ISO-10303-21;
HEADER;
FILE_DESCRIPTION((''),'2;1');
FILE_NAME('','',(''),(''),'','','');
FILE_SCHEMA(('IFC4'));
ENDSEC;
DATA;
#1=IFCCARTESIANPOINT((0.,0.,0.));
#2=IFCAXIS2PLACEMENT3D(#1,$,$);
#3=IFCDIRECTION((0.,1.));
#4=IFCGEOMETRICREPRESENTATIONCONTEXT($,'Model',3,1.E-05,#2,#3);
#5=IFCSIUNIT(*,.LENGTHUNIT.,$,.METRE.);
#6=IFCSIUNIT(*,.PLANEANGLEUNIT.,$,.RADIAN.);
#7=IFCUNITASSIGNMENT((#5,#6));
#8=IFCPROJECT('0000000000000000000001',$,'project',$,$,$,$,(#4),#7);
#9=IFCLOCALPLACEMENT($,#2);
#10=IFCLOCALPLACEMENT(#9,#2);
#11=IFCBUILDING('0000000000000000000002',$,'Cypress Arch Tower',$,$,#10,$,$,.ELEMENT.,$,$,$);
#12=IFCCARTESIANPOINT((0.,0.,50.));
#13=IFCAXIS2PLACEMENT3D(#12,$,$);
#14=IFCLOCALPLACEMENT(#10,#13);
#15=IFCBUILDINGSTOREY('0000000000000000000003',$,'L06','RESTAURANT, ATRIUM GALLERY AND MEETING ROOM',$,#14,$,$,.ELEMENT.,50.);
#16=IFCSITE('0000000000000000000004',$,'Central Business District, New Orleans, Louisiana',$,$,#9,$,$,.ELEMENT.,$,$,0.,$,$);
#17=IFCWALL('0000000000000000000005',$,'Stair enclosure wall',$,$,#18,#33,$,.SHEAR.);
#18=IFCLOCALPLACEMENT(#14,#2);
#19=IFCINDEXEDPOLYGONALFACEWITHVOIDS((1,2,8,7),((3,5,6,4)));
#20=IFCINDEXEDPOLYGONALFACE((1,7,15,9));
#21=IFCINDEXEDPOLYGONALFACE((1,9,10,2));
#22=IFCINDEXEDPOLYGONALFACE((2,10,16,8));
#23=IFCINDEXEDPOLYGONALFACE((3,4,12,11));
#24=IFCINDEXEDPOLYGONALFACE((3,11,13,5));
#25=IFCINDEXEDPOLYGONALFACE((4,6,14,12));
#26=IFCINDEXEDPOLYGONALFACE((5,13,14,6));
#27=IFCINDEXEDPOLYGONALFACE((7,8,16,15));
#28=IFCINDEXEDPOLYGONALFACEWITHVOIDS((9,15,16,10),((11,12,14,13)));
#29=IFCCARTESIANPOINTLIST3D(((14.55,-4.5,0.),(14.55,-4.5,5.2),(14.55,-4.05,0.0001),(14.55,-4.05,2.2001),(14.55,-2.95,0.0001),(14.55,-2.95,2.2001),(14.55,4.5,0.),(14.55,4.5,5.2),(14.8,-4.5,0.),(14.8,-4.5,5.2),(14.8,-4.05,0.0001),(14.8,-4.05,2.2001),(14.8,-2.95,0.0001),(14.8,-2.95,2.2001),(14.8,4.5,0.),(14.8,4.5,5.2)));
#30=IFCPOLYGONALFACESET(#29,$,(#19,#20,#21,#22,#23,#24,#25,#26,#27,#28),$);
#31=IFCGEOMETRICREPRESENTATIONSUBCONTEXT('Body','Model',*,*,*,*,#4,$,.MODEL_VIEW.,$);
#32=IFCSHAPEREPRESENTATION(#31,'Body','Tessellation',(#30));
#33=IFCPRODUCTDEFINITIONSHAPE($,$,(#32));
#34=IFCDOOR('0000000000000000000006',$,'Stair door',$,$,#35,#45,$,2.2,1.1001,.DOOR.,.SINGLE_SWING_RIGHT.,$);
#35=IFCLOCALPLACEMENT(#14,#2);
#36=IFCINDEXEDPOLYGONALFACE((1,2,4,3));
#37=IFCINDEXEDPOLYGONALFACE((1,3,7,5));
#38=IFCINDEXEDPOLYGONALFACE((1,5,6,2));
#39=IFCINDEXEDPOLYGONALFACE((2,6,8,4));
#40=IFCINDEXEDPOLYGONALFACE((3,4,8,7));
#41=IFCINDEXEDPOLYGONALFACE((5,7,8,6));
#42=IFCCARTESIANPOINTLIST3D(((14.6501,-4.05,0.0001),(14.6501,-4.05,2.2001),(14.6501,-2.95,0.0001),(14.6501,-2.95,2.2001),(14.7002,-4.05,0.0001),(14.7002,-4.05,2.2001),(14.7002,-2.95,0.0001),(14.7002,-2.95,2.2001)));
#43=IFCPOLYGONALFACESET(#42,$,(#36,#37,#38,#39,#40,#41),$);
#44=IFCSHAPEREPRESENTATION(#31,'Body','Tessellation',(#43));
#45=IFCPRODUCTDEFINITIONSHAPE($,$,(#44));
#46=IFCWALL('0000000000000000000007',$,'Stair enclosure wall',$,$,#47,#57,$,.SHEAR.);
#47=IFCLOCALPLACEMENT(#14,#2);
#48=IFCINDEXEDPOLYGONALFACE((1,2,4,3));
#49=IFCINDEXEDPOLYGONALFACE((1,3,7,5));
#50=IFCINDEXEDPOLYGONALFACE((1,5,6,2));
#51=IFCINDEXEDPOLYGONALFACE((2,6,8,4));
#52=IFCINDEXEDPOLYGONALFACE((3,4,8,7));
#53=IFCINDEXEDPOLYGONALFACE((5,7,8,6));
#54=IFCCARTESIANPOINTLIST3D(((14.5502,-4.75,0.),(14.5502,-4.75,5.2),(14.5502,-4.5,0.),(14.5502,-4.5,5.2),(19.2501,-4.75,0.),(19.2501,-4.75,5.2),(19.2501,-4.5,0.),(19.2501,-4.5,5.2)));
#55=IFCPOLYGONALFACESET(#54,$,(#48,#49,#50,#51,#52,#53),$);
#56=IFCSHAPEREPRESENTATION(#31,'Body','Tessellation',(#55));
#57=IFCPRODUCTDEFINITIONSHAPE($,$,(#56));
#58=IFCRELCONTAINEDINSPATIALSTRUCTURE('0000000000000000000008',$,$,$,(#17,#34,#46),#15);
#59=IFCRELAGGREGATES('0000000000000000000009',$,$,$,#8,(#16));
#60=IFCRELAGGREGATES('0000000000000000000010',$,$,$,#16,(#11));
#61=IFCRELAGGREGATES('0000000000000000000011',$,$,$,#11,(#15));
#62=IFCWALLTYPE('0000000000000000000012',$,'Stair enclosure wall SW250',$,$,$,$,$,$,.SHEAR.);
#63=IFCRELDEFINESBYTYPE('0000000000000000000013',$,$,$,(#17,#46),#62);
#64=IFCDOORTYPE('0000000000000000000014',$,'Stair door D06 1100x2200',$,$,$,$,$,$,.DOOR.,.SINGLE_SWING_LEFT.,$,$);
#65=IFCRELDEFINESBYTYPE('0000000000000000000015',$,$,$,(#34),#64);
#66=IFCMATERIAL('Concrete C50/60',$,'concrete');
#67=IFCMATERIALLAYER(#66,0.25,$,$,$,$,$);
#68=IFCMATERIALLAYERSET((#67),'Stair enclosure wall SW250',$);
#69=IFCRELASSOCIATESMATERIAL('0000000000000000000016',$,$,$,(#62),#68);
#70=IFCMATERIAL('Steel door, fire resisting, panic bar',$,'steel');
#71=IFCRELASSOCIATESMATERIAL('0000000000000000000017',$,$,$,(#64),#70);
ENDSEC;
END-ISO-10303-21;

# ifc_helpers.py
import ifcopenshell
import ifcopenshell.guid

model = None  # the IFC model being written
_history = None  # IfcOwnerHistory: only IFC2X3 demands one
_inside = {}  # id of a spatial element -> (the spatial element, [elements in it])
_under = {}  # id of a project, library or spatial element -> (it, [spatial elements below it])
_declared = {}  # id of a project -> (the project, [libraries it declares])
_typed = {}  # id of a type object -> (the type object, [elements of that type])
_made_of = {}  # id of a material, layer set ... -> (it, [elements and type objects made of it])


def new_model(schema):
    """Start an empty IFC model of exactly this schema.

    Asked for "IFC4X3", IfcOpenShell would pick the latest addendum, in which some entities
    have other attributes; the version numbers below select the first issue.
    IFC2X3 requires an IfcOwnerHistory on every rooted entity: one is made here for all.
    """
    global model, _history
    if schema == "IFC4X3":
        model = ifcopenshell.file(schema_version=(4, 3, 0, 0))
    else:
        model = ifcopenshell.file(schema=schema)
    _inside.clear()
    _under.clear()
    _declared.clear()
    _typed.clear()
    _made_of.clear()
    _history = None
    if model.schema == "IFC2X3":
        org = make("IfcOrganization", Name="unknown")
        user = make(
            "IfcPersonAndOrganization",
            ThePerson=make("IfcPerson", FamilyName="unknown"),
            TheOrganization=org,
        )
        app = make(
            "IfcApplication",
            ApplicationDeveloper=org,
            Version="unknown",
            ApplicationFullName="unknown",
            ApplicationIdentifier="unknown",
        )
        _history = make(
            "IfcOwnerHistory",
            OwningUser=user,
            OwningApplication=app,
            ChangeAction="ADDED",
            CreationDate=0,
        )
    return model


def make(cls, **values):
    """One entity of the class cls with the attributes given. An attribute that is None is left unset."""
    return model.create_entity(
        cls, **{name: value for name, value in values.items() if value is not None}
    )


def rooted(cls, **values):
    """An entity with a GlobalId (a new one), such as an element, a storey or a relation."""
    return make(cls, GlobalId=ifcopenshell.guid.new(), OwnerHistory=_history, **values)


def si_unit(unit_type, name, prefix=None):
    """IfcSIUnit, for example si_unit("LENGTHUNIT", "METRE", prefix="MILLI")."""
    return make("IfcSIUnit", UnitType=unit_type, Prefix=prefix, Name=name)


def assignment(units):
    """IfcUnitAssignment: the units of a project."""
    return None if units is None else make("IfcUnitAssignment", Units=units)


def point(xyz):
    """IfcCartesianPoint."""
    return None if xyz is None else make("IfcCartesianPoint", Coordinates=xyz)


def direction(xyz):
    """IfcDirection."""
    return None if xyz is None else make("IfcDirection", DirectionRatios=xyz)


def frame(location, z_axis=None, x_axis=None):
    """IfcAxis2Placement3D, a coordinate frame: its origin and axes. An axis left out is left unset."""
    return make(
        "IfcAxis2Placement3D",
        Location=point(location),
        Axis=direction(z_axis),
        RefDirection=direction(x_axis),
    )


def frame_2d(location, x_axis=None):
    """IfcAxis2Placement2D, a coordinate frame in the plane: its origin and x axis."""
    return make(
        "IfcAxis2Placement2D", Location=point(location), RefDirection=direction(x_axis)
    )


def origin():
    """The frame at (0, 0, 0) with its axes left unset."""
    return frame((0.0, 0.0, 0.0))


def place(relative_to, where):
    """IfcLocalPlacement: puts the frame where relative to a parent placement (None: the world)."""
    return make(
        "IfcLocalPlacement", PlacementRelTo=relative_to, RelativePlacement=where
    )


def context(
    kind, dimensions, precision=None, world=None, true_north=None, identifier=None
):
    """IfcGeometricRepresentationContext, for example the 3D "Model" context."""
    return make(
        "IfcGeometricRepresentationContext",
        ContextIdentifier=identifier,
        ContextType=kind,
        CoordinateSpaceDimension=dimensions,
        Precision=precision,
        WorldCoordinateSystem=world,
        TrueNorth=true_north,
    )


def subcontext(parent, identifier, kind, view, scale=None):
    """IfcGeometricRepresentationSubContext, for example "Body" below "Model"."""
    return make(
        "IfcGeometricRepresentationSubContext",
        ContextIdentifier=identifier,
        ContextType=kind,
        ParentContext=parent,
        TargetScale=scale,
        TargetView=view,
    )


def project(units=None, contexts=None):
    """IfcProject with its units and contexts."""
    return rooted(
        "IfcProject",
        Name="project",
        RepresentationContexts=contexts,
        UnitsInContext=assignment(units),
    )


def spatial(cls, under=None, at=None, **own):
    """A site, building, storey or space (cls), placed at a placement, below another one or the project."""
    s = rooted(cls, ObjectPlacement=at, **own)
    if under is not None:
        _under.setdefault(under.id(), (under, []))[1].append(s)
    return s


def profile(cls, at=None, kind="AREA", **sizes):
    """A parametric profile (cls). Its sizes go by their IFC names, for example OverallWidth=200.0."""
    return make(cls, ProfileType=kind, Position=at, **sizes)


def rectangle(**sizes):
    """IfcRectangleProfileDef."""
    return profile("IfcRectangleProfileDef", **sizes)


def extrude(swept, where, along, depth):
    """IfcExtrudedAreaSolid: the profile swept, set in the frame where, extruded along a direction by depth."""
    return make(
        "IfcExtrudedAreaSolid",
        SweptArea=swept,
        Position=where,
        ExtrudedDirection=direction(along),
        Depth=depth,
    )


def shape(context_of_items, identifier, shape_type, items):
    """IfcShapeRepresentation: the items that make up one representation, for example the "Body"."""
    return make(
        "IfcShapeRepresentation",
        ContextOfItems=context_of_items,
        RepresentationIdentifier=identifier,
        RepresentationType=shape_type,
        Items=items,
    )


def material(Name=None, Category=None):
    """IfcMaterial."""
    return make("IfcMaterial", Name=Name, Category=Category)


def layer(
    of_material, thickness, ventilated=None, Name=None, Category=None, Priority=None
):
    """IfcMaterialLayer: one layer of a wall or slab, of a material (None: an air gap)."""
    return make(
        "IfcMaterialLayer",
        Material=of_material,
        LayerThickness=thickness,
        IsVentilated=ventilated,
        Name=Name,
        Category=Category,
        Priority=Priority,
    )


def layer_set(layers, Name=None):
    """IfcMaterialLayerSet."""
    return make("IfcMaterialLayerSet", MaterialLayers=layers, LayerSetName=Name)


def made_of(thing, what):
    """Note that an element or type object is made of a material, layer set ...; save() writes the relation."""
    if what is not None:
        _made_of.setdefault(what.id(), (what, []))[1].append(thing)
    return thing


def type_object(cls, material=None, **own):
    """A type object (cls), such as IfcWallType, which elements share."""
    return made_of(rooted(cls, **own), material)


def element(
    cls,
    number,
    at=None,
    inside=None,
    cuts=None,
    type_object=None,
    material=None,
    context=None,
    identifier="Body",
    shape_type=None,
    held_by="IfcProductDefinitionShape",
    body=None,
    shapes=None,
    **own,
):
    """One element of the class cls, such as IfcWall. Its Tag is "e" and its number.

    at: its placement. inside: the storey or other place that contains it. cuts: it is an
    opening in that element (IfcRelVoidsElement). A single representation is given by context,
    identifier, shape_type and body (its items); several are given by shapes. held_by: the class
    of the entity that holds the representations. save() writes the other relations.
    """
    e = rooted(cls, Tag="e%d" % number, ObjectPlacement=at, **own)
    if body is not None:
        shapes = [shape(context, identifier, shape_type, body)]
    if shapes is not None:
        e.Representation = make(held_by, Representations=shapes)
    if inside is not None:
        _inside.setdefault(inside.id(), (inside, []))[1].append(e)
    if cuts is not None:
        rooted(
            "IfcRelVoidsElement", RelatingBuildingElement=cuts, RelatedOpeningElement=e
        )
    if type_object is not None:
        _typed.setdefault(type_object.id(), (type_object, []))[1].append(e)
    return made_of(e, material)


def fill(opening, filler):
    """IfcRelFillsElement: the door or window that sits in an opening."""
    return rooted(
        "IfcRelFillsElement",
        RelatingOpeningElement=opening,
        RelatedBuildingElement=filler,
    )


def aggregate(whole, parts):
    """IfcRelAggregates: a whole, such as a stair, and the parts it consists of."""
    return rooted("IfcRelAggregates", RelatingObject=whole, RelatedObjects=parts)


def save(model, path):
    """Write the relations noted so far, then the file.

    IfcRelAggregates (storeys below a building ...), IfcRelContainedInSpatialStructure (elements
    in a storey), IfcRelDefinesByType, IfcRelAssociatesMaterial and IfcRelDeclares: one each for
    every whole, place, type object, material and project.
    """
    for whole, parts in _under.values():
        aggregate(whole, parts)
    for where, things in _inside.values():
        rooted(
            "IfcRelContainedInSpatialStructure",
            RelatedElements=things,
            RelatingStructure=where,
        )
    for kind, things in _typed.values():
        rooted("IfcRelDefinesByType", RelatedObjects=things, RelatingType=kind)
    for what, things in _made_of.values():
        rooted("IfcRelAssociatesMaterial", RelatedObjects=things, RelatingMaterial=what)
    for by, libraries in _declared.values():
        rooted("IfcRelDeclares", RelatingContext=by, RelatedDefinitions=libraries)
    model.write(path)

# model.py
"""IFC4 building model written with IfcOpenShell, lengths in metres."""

from ifc_helpers import new_model, si_unit, direction, frame, frame_2d, origin, place, context, subcontext, project, spatial, rectangle, extrude, material, layer, layer_set, type_object, element, fill, save


model = new_model("IFC4")

# Units and contexts
model_context = context("Model", 3, precision=1e-05, world=origin(), true_north=direction((0.0, 1.0)))
body_context = subcontext(model_context, "Body", "Model", "MODEL_VIEW")
ifc_project = project(units=[si_unit("LENGTHUNIT", "METRE"), si_unit("PLANEANGLEUNIT", "RADIAN")], contexts=[model_context])

# Site, building, storey
site_placement = place(None, origin())
site = spatial("IfcSite", under=ifc_project, at=site_placement, Name="Central Business District, New Orleans, Louisiana", CompositionType="ELEMENT", RefElevation=0.0)
building_placement = place(site_placement, origin())
building = spatial("IfcBuilding", under=site, at=building_placement, Name="Cypress Arch Tower", CompositionType="ELEMENT")
storey_placement = place(building_placement, frame((0.0, 0.0, 50.0)))
storey = spatial("IfcBuildingStorey", under=building, at=storey_placement, Name="L06", Description="RESTAURANT, ATRIUM GALLERY AND MEETING ROOM", CompositionType="ELEMENT", Elevation=50.0)

# Wall, opening, door
ifc_material_1 = material(Name="Concrete C50/60", Category="concrete")
ifc_layer_1 = layer(ifc_material_1, 0.25)
ifc_layer_set_1 = layer_set([ifc_layer_1], Name="Stair enclosure wall SW250")
wall_type_1 = type_object("IfcWallType", Name="Stair enclosure wall SW250", PredefinedType="SHEAR", material=ifc_layer_set_1)
wall_1_placement = place(storey_placement, frame((14.675, -4.5, 0.0), z_axis=(0.0, 0.0, 1.0), x_axis=(0.0, 1.0, 0.0)))
wall_1 = element("IfcWall", 1, at=wall_1_placement, inside=storey, type_object=wall_type_1, Name="Stair enclosure wall", PredefinedType="SHEAR", context=body_context, shape_type="SweptSolid", body=[
    extrude(rectangle(XDim=9.0, YDim=0.25, at=frame_2d((4.5, 0.0))), origin(), (0.0, 0.0, 1.0), 5.2),
])
opening_1_placement = place(wall_1_placement, frame((0.45, 0.0, 0.0)))
opening_1 = element("IfcOpeningElement", 2, at=opening_1_placement, cuts=wall_1, PredefinedType="OPENING", context=body_context, shape_type="SweptSolid", body=[
    extrude(rectangle(XDim=1.1001, YDim=2.2, at=frame_2d((0.55, 1.1001))), frame((0.0, 0.135, 0.0), z_axis=(0.0, -1.0, 0.0), x_axis=(1.0, 0.0, 0.0)), (0.0, 0.0, 1.0), 0.27),
])
ifc_material_2 = material(Name="Steel door, fire resisting, panic bar", Category="steel")
door_type_1 = type_object("IfcDoorType", Name="Stair door D06 1100x2200", OperationType="SINGLE_SWING_LEFT", PredefinedType="DOOR", material=ifc_material_2)
door_1_placement = place(opening_1_placement, origin())
door_1 = element("IfcDoor", 3, at=door_1_placement, inside=storey, type_object=door_type_1, Name="Stair door", OperationType="SINGLE_SWING_RIGHT", OverallHeight=2.2, OverallWidth=1.1001, PredefinedType="DOOR", context=body_context, shape_type="SweptSolid", body=[
    extrude(rectangle(XDim=1.1001, YDim=2.2, at=frame_2d((0.55, 1.1001))), frame((0.0, 0.0249, 0.0), z_axis=(0.0, -1.0, 0.0), x_axis=(1.0, 0.0, 0.0)), (0.0, 0.0, 1.0), 0.05),
])
fill(opening_1, door_1)

# Wall
wall_2_placement = place(storey_placement, frame((14.55, -4.625, 0.0), z_axis=(0.0, 0.0, 1.0), x_axis=(1.0, 0.0, 0.0)))
element("IfcWall", 4, at=wall_2_placement, inside=storey, type_object=wall_type_1, Name="Stair enclosure wall", PredefinedType="SHEAR", context=body_context, shape_type="SweptSolid", body=[
    extrude(rectangle(XDim=4.7, YDim=0.25, at=frame_2d((2.3501, 0.0))), origin(), (0.0, 0.0, 1.0), 5.2),
])

save(model, "model.ifc")
